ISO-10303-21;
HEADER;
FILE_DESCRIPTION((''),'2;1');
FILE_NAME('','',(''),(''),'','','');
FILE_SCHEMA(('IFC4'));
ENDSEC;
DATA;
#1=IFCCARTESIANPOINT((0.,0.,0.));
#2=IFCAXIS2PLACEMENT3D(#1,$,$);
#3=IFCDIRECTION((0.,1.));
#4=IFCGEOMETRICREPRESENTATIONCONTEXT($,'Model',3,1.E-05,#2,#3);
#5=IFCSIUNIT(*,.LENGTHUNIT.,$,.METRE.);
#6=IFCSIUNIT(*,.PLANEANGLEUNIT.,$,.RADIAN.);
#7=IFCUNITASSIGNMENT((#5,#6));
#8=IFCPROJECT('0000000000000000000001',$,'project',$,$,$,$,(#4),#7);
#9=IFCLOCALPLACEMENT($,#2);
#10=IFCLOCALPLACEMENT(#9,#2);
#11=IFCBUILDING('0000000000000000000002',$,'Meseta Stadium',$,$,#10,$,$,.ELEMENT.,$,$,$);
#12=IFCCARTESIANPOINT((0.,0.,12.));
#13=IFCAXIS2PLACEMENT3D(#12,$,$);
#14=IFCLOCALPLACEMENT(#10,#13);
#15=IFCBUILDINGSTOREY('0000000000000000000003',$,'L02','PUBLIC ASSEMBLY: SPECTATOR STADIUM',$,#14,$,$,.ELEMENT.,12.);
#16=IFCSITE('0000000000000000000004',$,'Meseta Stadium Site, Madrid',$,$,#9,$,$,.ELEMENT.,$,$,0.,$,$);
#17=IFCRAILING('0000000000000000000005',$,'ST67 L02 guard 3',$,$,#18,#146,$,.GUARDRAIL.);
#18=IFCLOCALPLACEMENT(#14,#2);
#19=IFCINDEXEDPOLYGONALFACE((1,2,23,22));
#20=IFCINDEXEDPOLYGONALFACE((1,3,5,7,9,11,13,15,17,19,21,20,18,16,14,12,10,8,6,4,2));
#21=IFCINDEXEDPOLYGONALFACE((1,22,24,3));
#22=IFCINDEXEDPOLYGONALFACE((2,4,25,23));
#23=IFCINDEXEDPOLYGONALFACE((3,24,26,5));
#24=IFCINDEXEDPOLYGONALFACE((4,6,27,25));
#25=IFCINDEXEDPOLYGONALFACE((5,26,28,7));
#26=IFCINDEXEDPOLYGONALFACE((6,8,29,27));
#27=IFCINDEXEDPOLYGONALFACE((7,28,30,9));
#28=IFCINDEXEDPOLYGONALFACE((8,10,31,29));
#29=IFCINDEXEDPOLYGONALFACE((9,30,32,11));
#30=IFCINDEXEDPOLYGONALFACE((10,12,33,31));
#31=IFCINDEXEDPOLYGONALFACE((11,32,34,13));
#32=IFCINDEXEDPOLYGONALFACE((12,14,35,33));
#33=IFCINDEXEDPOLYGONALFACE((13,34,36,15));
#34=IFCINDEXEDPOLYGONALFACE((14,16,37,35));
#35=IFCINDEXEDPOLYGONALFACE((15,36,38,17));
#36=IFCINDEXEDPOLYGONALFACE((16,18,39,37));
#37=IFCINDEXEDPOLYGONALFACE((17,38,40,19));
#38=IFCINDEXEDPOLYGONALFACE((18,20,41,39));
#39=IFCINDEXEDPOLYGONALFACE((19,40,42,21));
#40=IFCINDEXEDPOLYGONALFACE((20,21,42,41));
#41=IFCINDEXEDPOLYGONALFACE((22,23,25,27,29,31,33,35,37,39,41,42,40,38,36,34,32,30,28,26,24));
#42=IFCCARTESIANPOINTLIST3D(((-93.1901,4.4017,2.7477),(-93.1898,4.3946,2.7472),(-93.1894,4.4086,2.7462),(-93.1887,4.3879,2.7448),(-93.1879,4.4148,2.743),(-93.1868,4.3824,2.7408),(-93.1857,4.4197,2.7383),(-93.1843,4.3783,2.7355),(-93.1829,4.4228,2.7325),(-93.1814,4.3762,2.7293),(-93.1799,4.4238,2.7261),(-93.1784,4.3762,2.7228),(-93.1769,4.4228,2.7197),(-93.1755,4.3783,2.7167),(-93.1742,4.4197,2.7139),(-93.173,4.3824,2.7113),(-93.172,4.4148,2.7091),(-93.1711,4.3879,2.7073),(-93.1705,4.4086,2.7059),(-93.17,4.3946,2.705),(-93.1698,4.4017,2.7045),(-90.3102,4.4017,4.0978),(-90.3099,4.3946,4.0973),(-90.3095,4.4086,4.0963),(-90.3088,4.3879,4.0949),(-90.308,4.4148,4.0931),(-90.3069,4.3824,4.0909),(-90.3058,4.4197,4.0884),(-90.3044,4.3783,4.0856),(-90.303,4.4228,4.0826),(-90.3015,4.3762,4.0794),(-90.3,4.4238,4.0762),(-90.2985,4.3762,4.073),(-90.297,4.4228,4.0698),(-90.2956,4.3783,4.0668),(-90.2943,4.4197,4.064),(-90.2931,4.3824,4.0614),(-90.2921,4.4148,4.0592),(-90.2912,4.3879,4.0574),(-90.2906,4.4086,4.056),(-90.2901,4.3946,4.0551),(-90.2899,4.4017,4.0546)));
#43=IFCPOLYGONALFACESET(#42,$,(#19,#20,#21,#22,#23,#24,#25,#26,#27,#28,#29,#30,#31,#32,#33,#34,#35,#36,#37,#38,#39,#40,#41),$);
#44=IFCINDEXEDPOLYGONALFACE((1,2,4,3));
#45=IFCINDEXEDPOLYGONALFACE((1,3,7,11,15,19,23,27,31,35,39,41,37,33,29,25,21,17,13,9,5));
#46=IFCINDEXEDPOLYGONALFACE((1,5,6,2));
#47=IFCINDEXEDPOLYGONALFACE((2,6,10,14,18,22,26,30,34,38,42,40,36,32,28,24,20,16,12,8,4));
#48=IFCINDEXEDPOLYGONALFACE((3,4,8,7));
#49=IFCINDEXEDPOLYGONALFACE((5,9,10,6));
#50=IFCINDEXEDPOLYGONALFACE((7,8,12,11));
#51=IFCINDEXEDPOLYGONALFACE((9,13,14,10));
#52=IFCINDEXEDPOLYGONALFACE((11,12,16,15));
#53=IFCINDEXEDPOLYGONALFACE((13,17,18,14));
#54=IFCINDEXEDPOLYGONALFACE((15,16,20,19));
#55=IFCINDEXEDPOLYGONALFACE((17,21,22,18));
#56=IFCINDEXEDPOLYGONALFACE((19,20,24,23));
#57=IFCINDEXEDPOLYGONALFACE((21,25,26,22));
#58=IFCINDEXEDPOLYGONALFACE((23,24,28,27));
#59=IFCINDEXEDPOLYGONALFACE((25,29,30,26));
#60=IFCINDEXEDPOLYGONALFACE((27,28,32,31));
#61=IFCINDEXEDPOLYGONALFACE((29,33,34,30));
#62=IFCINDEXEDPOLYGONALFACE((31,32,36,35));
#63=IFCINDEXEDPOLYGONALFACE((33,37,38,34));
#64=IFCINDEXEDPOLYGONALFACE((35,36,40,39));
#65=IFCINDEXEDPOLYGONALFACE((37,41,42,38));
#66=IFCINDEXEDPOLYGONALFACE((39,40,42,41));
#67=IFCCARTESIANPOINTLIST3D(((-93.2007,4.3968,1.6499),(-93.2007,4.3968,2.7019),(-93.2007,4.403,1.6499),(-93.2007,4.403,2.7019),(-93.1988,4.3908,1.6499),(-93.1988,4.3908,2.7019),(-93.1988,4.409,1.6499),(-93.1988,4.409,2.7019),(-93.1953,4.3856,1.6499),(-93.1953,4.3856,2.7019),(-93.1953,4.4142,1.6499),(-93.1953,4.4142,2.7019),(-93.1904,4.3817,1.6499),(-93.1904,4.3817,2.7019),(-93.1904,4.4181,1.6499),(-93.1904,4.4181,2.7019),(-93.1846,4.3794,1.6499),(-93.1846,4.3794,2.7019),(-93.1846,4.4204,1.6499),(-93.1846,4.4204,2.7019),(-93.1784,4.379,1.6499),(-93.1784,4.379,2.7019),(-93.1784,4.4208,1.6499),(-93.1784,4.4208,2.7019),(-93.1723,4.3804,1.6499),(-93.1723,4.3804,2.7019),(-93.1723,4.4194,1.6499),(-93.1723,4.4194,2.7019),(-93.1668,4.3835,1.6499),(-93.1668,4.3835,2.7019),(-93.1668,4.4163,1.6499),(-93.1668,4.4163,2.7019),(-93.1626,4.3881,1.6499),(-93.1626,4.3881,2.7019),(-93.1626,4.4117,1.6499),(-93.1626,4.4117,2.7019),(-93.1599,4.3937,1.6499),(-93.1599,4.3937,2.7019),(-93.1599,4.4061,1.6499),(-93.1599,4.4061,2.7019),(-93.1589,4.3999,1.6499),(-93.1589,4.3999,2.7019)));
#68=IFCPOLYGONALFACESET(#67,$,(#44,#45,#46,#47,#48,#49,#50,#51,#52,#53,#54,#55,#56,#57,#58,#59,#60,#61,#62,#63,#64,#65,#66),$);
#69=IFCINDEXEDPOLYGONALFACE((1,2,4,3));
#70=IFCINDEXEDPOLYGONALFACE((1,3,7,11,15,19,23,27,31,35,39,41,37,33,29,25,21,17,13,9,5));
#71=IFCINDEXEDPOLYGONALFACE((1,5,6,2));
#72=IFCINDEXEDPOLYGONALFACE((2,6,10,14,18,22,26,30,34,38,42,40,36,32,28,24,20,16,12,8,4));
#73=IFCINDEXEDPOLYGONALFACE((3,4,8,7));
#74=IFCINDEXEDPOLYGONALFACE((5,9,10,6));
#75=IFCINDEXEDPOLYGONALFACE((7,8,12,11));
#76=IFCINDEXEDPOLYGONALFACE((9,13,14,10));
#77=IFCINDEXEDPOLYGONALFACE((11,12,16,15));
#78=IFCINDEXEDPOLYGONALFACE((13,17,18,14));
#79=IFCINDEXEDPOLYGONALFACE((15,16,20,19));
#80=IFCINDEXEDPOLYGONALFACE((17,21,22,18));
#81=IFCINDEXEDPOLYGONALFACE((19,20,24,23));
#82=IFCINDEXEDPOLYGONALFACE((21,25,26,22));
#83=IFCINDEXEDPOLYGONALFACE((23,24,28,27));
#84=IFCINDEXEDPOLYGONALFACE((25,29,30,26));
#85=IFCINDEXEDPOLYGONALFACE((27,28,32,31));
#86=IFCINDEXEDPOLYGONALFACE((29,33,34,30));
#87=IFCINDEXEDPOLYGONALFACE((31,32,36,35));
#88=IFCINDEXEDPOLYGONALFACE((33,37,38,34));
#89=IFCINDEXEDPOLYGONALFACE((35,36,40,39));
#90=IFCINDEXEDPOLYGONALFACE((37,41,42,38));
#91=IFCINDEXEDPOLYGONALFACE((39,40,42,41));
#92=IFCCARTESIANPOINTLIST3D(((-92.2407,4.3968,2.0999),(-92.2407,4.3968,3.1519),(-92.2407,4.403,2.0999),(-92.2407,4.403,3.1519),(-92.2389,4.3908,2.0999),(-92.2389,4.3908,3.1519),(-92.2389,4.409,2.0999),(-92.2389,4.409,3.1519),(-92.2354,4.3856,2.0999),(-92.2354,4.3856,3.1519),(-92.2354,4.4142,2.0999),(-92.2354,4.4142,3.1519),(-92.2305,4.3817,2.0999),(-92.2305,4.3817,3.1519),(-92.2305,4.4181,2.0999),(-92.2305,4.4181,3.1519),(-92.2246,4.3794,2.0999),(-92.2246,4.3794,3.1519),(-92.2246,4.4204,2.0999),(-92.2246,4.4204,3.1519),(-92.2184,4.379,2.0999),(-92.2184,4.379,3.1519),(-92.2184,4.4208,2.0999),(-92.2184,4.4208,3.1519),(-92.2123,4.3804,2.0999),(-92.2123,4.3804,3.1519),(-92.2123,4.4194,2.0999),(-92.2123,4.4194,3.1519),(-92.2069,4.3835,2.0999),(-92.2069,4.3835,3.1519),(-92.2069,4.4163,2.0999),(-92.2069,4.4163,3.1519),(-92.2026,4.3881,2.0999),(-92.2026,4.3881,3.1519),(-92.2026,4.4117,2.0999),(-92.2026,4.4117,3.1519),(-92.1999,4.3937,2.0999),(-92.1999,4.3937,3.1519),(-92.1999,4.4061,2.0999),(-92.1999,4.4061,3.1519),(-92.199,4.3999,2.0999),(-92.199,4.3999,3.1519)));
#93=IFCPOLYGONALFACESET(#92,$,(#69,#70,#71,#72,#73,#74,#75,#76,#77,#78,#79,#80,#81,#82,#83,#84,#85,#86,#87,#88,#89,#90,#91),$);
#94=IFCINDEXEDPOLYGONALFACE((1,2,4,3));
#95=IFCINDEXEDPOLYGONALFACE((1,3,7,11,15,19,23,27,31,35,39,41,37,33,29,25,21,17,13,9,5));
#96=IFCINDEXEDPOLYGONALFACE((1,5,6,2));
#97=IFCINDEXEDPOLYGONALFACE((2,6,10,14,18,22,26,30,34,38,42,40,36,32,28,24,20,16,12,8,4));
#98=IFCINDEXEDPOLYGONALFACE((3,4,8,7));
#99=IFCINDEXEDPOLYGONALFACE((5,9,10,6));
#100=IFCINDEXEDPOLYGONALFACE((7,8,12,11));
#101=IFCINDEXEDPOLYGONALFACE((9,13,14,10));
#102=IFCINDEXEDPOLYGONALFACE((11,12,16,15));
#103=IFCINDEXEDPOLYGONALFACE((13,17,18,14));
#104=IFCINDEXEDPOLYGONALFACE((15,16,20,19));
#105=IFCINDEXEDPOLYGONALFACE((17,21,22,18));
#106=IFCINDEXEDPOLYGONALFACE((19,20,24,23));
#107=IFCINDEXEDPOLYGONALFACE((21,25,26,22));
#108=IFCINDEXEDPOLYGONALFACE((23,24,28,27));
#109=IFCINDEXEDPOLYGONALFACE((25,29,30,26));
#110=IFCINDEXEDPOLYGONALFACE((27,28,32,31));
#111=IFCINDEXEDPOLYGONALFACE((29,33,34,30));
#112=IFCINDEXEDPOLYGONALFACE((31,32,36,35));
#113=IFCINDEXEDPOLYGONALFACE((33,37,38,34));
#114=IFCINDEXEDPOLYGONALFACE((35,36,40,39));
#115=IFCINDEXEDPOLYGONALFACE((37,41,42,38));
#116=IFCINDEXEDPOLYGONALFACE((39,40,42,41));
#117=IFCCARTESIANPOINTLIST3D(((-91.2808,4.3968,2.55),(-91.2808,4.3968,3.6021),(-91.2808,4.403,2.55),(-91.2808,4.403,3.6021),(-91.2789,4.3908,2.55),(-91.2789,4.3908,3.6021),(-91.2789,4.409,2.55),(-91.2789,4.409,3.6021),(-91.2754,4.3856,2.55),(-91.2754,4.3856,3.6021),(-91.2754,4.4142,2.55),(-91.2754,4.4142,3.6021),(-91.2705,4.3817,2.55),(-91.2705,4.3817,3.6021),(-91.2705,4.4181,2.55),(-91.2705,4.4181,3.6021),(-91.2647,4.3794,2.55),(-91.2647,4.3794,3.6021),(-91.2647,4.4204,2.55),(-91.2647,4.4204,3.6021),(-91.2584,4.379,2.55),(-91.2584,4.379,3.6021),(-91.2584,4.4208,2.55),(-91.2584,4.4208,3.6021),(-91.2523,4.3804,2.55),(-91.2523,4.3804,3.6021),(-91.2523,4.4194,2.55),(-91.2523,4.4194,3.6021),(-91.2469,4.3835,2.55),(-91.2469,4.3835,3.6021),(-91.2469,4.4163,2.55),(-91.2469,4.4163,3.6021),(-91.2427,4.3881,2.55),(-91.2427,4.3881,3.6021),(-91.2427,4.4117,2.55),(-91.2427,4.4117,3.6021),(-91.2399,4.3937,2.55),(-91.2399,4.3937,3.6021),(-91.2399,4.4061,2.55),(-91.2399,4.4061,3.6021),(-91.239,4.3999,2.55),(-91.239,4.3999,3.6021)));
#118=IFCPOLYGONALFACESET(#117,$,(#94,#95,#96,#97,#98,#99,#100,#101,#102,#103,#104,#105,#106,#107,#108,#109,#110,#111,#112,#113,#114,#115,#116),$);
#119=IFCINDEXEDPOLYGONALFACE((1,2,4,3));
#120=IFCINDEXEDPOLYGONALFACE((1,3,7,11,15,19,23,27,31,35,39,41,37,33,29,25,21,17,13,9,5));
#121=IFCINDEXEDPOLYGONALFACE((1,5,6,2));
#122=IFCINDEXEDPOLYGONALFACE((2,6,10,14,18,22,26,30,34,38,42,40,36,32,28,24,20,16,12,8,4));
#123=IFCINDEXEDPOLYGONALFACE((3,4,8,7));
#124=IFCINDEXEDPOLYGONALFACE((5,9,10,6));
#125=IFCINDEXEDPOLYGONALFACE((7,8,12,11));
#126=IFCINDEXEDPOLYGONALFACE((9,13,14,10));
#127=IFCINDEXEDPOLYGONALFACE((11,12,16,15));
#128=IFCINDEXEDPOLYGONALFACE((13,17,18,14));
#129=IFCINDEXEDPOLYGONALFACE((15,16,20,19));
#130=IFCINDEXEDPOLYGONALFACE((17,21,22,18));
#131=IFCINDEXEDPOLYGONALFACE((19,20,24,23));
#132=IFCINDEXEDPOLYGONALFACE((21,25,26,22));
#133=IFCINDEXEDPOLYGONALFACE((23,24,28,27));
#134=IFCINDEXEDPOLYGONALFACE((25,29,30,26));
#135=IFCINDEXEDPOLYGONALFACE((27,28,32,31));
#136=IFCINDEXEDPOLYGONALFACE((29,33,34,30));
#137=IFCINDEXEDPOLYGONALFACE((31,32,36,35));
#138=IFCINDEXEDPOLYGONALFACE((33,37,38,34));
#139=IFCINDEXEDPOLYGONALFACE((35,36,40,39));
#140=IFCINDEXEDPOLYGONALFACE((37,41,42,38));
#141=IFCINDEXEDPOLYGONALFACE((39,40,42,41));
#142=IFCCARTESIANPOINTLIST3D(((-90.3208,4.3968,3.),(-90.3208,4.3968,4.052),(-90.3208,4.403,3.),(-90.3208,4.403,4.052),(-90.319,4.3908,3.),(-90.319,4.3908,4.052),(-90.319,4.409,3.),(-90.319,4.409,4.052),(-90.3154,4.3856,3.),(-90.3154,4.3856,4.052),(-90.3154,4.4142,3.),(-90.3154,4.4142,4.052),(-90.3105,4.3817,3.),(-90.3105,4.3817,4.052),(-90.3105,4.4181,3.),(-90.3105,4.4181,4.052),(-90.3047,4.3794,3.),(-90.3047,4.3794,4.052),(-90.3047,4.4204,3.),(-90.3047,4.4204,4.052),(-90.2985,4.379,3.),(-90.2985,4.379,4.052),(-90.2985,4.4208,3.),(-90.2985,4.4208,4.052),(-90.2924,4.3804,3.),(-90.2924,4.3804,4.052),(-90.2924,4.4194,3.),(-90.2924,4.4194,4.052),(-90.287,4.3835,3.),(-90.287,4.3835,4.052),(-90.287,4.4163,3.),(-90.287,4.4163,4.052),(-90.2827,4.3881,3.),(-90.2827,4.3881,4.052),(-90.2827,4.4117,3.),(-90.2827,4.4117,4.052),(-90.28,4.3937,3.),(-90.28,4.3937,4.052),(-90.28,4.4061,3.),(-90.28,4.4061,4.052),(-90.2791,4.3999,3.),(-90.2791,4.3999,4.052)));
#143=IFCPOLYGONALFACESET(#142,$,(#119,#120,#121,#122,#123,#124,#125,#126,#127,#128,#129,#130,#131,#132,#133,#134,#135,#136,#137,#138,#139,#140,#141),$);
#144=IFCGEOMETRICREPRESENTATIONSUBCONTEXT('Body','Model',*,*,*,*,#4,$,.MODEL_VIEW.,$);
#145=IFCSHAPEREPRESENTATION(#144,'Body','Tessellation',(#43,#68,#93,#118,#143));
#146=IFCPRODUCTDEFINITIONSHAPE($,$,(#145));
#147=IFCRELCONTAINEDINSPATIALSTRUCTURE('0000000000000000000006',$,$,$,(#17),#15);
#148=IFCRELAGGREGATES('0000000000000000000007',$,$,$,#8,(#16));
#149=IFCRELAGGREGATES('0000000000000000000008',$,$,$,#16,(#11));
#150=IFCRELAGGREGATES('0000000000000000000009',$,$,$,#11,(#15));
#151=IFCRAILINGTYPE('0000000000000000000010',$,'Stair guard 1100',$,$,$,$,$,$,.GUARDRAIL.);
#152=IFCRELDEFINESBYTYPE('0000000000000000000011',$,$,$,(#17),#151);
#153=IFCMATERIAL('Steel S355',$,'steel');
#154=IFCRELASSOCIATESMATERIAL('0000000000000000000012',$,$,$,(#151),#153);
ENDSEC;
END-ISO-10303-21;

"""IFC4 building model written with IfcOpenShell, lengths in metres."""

from ifc_helpers import new_model, si_unit, direction, frame, origin, origin_2d, place, context, subcontext, project, spatial, circle, extrude, material, type_object, element, save


model = new_model("IFC4")

# Units and contexts
model_context = context("Model", 3, precision=1e-05, world=origin(), true_north=direction((0.0, 1.0)))
body_context = subcontext(model_context, "Body", "Model", "MODEL_VIEW")
ifc_project = project(units=[si_unit("LENGTHUNIT", "METRE"), si_unit("PLANEANGLEUNIT", "RADIAN")], contexts=[model_context])

# Site, building, storey
site_placement = place(None, origin())
site = spatial("IfcSite", under=ifc_project, at=site_placement, Name="Meseta Stadium Site, Madrid", CompositionType="ELEMENT", RefElevation=0.0)
building_placement = place(site_placement, origin())
building = spatial("IfcBuilding", under=site, at=building_placement, Name="Meseta Stadium", CompositionType="ELEMENT")
storey_placement = place(building_placement, frame((0.0, 0.0, 12.0)))
storey = spatial("IfcBuildingStorey", under=building, at=storey_placement, Name="L02", Description="PUBLIC ASSEMBLY: SPECTATOR STADIUM", CompositionType="ELEMENT", Elevation=12.0)

# Railing
ifc_material_1 = material(Name="Steel S355", Category="steel")
railing_type_1 = type_object("IfcRailingType", Name="Stair guard 1100", PredefinedType="GUARDRAIL", material=ifc_material_1)
railing_1_placement = place(storey_placement, frame((-93.1799, 4.3999, 1.6499)))
element("IfcRailing", 1, at=railing_1_placement, inside=storey, type_object=railing_type_1, Name="ST67 L02 guard 3", PredefinedType="GUARDRAIL", context=body_context, shape_type="SweptSolid", body=[
    extrude(circle(Radius=0.0239, at=origin_2d()), frame((0.0, 0.0, 1.0762), z_axis=(0.90544, 0.0, 0.424473), x_axis=(0.0, 1.0, 0.0)), (0.0, 0.0, 1.0), 3.1807),
    extrude(circle(Radius=0.021, at=origin_2d()), origin(), (0.0, 0.0, 1.0), 1.052),
    extrude(circle(Radius=0.021, at=origin_2d()), frame((0.96, 0.0, 0.45)), (0.0, 0.0, 1.0), 1.052),
    extrude(circle(Radius=0.021, at=origin_2d()), frame((1.9199, 0.0, 0.9001)), (0.0, 0.0, 1.0), 1.052),
    extrude(circle(Radius=0.021, at=origin_2d()), frame((2.8799, 0.0, 1.3501)), (0.0, 0.0, 1.0), 1.052),
])

save(model, "model.ifc")
